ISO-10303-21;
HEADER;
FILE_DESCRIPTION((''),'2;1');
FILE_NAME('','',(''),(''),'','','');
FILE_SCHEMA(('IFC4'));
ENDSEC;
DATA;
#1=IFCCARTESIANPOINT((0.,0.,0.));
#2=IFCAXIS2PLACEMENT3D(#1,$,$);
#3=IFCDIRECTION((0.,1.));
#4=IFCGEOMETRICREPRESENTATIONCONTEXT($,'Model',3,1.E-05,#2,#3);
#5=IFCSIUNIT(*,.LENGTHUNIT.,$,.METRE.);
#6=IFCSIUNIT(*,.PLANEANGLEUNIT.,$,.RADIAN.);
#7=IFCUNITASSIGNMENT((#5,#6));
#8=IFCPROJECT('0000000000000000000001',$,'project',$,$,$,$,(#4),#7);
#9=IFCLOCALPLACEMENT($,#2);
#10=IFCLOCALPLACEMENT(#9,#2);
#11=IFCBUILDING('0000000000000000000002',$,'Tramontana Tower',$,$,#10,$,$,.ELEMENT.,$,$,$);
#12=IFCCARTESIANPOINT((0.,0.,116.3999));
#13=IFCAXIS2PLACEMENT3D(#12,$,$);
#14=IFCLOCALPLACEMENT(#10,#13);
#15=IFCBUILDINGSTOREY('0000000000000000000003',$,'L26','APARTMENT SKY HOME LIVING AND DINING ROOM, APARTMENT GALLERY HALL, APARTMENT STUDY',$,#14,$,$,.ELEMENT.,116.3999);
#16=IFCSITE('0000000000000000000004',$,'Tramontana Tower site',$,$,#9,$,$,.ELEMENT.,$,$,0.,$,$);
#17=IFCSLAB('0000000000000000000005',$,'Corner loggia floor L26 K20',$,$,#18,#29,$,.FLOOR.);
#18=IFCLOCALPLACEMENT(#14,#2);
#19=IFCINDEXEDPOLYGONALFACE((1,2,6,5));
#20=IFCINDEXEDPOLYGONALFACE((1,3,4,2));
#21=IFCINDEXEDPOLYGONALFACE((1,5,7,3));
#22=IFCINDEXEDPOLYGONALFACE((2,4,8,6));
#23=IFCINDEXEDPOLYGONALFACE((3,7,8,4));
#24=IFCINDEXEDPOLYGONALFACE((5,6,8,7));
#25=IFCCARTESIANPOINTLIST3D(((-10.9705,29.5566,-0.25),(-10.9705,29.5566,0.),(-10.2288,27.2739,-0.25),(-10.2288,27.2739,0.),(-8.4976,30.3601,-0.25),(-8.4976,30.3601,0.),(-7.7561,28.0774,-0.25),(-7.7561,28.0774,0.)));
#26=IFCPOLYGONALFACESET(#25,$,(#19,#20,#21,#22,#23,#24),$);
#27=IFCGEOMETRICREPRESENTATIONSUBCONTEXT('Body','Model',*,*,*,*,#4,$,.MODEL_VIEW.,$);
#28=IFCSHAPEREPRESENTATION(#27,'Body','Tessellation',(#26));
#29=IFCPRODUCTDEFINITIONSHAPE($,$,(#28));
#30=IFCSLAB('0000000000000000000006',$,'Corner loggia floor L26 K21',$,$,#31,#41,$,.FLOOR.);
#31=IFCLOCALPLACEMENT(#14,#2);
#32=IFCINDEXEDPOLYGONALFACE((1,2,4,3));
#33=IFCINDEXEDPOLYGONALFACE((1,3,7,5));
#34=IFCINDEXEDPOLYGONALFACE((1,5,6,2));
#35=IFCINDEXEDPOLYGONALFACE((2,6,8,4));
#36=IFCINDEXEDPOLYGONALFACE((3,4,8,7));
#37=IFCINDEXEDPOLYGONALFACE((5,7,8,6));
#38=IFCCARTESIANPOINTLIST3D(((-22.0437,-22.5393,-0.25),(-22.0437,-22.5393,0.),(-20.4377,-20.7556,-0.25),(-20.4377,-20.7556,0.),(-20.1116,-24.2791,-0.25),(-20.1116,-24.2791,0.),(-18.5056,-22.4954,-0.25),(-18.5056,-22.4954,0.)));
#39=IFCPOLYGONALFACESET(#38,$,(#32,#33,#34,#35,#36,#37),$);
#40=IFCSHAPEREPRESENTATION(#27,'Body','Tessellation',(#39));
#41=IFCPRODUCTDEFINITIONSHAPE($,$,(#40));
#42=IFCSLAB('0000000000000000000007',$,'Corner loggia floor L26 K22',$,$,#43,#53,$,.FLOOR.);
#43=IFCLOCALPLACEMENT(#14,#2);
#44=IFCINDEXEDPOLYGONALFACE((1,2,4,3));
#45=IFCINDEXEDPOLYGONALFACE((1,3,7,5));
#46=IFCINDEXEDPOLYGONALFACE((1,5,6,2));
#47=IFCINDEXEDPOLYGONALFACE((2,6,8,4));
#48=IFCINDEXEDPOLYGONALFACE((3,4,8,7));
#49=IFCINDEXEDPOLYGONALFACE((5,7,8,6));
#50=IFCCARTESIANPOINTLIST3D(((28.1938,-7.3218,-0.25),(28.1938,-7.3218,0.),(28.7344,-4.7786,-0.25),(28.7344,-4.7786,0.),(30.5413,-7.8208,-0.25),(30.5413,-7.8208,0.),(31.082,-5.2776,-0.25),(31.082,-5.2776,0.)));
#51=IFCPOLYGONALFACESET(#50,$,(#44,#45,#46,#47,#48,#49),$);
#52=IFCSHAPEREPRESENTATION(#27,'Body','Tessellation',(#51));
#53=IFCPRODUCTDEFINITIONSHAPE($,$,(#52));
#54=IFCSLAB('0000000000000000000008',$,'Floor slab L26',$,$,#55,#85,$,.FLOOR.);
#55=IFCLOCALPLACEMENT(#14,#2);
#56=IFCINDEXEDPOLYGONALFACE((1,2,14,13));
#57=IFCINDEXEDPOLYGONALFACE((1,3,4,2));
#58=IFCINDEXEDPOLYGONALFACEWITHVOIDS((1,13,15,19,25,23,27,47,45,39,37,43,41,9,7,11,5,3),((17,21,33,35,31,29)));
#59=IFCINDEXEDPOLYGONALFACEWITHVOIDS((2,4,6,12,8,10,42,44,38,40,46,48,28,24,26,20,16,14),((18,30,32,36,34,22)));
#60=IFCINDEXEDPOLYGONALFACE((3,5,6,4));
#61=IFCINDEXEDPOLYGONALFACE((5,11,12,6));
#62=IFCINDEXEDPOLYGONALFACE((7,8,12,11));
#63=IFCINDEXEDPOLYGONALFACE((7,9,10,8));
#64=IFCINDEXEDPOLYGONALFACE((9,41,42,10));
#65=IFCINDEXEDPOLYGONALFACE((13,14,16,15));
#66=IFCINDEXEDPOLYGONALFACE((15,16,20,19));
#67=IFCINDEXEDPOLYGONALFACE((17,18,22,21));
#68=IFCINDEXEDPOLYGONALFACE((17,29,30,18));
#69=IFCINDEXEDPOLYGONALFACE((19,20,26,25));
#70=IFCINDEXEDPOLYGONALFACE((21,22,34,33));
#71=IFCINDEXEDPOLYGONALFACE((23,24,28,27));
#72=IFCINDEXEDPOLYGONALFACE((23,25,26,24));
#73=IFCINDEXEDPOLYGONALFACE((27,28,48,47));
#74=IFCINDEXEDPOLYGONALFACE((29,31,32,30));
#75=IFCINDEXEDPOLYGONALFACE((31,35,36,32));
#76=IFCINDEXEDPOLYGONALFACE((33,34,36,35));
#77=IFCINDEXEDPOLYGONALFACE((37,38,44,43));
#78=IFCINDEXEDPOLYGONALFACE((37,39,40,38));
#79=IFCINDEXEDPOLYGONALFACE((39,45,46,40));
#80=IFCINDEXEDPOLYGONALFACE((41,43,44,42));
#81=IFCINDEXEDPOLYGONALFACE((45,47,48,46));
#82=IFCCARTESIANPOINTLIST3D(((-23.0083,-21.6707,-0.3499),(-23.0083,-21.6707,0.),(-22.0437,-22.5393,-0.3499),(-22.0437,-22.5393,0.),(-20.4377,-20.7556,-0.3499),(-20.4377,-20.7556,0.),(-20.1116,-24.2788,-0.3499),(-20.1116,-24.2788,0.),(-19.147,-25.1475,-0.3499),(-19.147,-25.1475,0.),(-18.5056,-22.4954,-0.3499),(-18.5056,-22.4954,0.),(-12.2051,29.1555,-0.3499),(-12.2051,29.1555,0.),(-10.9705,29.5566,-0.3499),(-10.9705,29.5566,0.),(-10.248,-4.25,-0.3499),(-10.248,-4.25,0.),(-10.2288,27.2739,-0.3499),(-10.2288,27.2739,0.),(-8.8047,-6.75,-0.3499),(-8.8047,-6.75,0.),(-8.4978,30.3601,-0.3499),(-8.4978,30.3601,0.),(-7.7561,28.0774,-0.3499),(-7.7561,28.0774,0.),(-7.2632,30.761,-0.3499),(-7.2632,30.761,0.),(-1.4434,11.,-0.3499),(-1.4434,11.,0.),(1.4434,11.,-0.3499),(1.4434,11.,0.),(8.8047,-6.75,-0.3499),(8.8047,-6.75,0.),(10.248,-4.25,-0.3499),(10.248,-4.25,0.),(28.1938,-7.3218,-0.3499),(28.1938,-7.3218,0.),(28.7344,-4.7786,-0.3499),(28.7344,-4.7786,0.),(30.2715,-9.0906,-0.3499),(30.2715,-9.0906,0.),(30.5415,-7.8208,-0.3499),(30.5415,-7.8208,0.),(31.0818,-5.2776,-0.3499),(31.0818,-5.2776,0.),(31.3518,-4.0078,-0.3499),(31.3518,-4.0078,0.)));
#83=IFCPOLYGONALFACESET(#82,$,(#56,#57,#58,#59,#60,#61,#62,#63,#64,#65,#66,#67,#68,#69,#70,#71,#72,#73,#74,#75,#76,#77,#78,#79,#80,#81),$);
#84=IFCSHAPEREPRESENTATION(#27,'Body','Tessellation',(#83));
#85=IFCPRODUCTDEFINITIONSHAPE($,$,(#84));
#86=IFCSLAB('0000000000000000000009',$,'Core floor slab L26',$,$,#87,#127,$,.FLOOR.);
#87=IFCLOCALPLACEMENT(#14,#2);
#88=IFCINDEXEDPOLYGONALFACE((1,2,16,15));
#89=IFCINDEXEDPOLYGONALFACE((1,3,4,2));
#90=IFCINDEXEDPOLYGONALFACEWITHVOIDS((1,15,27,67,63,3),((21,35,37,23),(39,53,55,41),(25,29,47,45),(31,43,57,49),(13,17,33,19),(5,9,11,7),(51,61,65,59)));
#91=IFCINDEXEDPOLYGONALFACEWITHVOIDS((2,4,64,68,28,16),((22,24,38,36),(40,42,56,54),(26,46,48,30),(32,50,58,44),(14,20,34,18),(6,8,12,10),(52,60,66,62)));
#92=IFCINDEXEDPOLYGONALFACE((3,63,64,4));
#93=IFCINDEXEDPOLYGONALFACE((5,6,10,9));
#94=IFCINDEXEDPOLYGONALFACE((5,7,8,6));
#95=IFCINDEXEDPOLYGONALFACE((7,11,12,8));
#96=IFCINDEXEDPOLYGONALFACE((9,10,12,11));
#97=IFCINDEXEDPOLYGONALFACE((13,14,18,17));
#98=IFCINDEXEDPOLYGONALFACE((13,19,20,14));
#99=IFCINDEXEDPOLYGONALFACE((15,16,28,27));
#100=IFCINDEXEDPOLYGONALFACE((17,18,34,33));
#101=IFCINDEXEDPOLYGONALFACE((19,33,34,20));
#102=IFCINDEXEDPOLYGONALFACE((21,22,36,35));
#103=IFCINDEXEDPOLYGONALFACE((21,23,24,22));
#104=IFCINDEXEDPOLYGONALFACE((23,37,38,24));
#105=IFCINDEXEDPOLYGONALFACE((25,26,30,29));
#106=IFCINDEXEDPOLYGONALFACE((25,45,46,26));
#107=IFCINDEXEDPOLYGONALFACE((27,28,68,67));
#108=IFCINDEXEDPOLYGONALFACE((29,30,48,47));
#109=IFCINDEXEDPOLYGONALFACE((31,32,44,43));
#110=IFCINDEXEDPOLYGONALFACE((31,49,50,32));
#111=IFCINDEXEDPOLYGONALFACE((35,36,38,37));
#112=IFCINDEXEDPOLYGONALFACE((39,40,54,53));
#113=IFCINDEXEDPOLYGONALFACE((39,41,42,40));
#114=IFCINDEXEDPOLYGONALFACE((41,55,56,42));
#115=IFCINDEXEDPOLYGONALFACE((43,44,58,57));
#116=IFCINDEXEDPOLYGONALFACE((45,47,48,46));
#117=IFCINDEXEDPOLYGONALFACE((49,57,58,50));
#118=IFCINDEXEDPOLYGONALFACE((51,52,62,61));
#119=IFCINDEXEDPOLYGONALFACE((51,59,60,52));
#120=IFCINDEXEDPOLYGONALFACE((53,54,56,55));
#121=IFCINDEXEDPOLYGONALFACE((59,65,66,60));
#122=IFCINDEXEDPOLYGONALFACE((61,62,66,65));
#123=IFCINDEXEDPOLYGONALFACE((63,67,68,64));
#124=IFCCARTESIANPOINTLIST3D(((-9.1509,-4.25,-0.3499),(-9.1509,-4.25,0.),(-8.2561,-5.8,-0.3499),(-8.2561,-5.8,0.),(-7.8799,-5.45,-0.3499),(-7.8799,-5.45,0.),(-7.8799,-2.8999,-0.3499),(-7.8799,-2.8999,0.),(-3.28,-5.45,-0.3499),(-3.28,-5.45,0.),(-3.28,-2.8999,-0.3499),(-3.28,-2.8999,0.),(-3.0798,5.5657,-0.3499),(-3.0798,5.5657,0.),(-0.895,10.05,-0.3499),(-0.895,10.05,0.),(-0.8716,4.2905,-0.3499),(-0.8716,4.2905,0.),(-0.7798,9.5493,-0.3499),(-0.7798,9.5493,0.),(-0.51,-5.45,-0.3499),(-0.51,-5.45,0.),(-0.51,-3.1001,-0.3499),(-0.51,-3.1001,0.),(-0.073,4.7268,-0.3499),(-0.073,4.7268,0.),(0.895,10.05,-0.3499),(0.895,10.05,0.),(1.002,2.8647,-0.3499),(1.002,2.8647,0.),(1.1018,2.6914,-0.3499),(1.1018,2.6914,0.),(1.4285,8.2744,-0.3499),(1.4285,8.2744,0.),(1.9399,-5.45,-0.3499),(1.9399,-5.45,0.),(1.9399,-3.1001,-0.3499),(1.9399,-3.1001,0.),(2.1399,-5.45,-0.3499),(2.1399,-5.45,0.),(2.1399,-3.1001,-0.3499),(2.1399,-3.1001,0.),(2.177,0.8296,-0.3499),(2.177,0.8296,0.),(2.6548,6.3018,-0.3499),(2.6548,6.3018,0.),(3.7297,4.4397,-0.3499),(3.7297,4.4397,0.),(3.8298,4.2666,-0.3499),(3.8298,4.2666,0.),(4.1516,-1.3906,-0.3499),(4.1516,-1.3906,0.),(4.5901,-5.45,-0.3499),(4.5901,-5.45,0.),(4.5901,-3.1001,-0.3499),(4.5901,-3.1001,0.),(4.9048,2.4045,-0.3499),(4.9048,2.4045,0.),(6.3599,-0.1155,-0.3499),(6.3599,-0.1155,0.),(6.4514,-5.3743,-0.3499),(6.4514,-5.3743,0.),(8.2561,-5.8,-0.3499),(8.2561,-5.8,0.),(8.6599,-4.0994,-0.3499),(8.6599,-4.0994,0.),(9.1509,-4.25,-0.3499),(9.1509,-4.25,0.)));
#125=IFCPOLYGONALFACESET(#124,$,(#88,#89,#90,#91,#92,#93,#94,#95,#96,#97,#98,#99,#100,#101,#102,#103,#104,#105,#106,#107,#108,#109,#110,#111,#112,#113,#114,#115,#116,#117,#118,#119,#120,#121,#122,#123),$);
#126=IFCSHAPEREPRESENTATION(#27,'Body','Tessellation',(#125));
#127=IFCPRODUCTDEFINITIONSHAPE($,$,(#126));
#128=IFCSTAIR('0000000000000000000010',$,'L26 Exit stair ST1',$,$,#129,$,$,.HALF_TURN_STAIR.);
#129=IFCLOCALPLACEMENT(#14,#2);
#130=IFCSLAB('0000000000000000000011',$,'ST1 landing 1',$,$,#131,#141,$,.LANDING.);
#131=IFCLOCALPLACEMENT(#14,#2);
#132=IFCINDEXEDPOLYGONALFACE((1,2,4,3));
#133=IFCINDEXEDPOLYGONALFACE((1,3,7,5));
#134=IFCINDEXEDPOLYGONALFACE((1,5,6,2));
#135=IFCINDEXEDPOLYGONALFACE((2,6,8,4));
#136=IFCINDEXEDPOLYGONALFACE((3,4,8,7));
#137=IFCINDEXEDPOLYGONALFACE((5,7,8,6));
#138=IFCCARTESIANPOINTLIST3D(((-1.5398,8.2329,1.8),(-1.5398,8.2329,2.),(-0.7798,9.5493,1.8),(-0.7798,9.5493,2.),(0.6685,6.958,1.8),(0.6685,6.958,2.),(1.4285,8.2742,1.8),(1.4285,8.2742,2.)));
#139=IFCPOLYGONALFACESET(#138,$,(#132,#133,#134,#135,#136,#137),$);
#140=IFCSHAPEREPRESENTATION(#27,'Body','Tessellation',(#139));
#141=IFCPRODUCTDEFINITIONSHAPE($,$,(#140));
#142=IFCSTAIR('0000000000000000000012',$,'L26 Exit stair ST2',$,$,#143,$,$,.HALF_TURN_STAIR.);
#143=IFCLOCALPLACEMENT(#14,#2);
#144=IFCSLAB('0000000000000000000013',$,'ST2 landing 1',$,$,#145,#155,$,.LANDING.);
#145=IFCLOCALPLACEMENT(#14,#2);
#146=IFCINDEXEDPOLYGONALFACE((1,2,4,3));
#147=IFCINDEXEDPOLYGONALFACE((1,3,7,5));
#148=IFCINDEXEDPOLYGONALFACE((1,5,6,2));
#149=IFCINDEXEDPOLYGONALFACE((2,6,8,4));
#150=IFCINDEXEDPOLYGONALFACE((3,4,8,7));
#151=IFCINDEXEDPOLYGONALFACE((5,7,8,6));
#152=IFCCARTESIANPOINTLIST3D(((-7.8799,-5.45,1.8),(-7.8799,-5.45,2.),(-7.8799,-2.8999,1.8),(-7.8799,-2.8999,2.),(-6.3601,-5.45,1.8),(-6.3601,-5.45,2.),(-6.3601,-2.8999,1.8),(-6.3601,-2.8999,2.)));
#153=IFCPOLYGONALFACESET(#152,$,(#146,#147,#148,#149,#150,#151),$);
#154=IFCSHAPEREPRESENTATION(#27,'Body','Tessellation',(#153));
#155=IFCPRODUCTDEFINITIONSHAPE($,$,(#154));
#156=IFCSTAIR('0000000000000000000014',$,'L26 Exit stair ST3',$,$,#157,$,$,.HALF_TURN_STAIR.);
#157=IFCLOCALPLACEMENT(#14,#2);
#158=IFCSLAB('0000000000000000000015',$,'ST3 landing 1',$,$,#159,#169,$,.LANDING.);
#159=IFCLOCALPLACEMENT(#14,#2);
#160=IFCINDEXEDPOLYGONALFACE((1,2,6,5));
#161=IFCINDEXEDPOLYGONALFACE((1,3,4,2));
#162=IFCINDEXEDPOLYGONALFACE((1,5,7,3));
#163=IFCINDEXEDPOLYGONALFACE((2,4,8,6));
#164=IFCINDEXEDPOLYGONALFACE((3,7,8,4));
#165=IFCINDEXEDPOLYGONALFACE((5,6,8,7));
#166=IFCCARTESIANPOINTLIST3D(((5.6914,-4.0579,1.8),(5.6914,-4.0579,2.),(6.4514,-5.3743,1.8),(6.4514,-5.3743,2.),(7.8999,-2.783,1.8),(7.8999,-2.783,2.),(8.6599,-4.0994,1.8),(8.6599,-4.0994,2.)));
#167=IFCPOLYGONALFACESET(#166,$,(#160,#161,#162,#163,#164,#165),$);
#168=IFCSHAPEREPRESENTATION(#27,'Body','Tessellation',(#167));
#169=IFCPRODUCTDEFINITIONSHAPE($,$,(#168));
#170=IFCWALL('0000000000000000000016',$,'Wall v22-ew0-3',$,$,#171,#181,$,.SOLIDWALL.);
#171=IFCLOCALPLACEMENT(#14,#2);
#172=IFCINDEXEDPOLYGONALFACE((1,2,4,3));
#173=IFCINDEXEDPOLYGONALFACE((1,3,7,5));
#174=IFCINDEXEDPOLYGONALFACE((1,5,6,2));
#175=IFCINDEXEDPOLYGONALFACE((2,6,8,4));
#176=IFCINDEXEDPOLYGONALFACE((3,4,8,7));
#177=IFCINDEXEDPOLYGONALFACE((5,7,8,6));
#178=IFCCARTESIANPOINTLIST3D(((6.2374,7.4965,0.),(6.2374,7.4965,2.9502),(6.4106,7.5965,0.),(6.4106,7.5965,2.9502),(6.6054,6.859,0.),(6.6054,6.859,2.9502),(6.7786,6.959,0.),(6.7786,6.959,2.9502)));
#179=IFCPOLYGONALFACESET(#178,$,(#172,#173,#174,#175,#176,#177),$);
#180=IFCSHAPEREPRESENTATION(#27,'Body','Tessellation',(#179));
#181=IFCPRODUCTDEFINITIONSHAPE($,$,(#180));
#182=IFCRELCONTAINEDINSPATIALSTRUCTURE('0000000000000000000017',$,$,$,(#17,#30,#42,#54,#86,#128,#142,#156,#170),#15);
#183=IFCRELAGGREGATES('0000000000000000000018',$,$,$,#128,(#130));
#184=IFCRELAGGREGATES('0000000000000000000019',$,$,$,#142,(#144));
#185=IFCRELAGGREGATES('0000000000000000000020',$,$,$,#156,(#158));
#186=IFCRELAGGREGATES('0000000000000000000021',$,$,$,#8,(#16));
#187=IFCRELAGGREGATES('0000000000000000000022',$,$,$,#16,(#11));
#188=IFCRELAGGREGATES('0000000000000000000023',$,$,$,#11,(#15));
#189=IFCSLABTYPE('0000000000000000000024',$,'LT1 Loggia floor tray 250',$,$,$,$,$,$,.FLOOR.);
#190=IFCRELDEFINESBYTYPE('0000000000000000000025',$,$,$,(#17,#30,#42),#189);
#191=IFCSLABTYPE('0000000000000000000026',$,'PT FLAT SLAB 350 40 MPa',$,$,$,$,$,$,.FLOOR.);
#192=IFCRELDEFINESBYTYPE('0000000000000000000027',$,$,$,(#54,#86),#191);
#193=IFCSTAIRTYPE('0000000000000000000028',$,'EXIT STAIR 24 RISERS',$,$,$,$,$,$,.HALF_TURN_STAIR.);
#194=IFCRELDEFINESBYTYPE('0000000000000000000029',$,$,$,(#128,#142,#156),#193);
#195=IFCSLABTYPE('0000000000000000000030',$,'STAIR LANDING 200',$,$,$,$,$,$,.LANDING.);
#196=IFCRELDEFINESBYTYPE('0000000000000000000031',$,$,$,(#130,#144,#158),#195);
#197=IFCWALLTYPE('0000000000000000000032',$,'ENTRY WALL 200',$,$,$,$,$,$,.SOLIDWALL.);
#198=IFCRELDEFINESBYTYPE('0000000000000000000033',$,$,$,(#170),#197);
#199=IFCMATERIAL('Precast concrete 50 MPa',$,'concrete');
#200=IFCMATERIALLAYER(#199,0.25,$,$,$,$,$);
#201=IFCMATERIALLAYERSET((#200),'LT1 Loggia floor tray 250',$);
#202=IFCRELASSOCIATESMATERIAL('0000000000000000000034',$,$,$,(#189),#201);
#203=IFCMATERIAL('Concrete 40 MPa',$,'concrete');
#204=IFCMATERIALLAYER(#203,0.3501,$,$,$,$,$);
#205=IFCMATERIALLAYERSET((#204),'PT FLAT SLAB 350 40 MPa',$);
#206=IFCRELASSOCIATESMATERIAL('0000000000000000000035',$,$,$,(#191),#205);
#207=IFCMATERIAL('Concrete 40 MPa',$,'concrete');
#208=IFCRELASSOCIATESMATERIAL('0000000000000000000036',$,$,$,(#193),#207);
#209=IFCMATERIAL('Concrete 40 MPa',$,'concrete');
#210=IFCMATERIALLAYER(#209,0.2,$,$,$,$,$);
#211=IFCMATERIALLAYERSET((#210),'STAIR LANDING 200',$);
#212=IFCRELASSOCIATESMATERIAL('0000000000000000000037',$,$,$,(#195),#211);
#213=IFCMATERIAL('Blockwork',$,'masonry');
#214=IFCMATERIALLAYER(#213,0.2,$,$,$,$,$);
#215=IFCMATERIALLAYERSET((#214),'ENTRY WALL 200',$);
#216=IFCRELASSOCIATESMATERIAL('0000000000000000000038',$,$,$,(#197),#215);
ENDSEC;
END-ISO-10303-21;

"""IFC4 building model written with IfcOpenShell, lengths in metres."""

from ifc_helpers import new_model, si_unit, direction, frame, frame_2d, origin, place, context, subcontext, project, spatial, polyline, rectangle, outline, extrude, material, layer, layer_set, type_object, element, aggregate, save


model = new_model("IFC4")

# Units and contexts
model_context = context("Model", 3, precision=1e-05, world=origin(), true_north=direction((0.0, 1.0)))
body_context = subcontext(model_context, "Body", "Model", "MODEL_VIEW")
ifc_project = project(units=[si_unit("LENGTHUNIT", "METRE"), si_unit("PLANEANGLEUNIT", "RADIAN")], contexts=[model_context])

# Site, building, storey
site_placement = place(None, origin())
site = spatial("IfcSite", under=ifc_project, at=site_placement, Name="Tramontana Tower site", CompositionType="ELEMENT", RefElevation=0.0)
building_placement = place(site_placement, origin())
building = spatial("IfcBuilding", under=site, at=building_placement, Name="Tramontana Tower", CompositionType="ELEMENT")
storey_placement = place(building_placement, frame((0.0, 0.0, 116.3999)))
storey = spatial("IfcBuildingStorey", under=building, at=storey_placement, Name="L26", Description="APARTMENT SKY HOME LIVING AND DINING ROOM, APARTMENT GALLERY HALL, APARTMENT STUDY", CompositionType="ELEMENT", Elevation=116.3999)

# Slabs
ifc_material_1 = material(Name="Precast concrete 50 MPa", Category="concrete")
ifc_layer_1 = layer(ifc_material_1, 0.25)
ifc_layer_set_1 = layer_set([ifc_layer_1], Name="LT1 Loggia floor tray 250")
slab_type_1 = type_object("IfcSlabType", Name="LT1 Loggia floor tray 250", PredefinedType="FLOOR", material=ifc_layer_set_1)
slab_1_placement = place(storey_placement, frame((0.0, 0.0, -0.25)))
element("IfcSlab", 1, at=slab_1_placement, inside=storey, type_object=slab_type_1, Name="Corner loggia floor L26 K20", PredefinedType="FLOOR", context=body_context, shape_type="SweptSolid", body=[
    extrude(outline(polyline([(-8.4976, 30.3601), (-7.7561, 28.0774), (-10.2288, 27.2739), (-10.9705, 29.5566), (-8.4976, 30.3601)])), origin(), (0.0, 0.0, 1.0), 0.25),
])
slab_2_placement = place(storey_placement, frame((0.0, 0.0, -0.25)))
element("IfcSlab", 2, at=slab_2_placement, inside=storey, type_object=slab_type_1, Name="Corner loggia floor L26 K21", PredefinedType="FLOOR", context=body_context, shape_type="SweptSolid", body=[
    extrude(outline(polyline([(-22.0437, -22.5393), (-20.4377, -20.7556), (-18.5056, -22.4954), (-20.1116, -24.2791), (-22.0437, -22.5393)])), origin(), (0.0, 0.0, 1.0), 0.25),
])
slab_3_placement = place(storey_placement, frame((0.0, 0.0, -0.25)))
element("IfcSlab", 3, at=slab_3_placement, inside=storey, type_object=slab_type_1, Name="Corner loggia floor L26 K22", PredefinedType="FLOOR", context=body_context, shape_type="SweptSolid", body=[
    extrude(outline(polyline([(30.5413, -7.8208), (28.1938, -7.3218), (28.7344, -4.7786), (31.082, -5.2776), (30.5413, -7.8208)])), origin(), (0.0, 0.0, 1.0), 0.25),
])
ifc_material_2 = material(Name="Concrete 40 MPa", Category="concrete")
ifc_layer_2 = layer(ifc_material_2, 0.3501)
ifc_layer_set_2 = layer_set([ifc_layer_2], Name="PT FLAT SLAB 350 40 MPa")
slab_type_2 = type_object("IfcSlabType", Name="PT FLAT SLAB 350 40 MPa", PredefinedType="FLOOR", material=ifc_layer_set_2)
slab_4_placement = place(storey_placement, frame((0.0, 0.0, -0.3499)))
element("IfcSlab", 4, at=slab_4_placement, inside=storey, type_object=slab_type_2, Name="Floor slab L26", PredefinedType="FLOOR", context=body_context, shape_type="SweptSolid", body=[
    extrude(outline(polyline([(31.0818, -5.2776), (28.7344, -4.7786), (28.1938, -7.3218), (30.5415, -7.8208), (30.2715, -9.0906), (-19.147, -25.1475), (-20.1116, -24.2788), (-18.5056, -22.4954), (-20.4377, -20.7556), (-22.0437, -22.5393), (-23.0083, -21.6707), (-12.2051, 29.1555), (-10.9705, 29.5566), (-10.2288, 27.2739), (-7.7561, 28.0774), (-8.4978, 30.3601), (-7.2632, 30.761), (31.3518, -4.0078), (31.0818, -5.2776)]), holes=[polyline([(-10.248, -4.25), (-8.8047, -6.75), (8.8047, -6.75), (10.248, -4.25), (1.4434, 11.0), (-1.4434, 11.0), (-10.248, -4.25)])]), origin(), (0.0, 0.0, 1.0), 0.3499),
])
slab_5_placement = place(storey_placement, frame((0.0, 0.0, -0.3499)))
element("IfcSlab", 5, at=slab_5_placement, inside=storey, type_object=slab_type_2, Name="Core floor slab L26", PredefinedType="FLOOR", context=body_context, shape_type="SweptSolid", body=[
    extrude(outline(polyline([(9.1509, -4.25), (8.2561, -5.8), (-8.2561, -5.8), (-9.1509, -4.25), (-0.895, 10.05), (0.895, 10.05), (9.1509, -4.25)]), holes=[polyline([(8.6599, -4.0994), (6.3599, -0.1155), (4.1516, -1.3906), (6.4514, -5.3743), (8.6599, -4.0994)]), polyline([(3.8298, 4.2666), (1.1018, 2.6914), (2.177, 0.8296), (4.9048, 2.4045), (3.8298, 4.2666)]), polyline([(4.5901, -3.1001), (2.1399, -3.1001), (2.1399, -5.45), (4.5901, -5.45), (4.5901, -3.1001)]), polyline([(2.6548, 6.3018), (-0.073, 4.7268), (1.002, 2.8647), (3.7297, 4.4397), (2.6548, 6.3018)]), polyline([(1.9399, -5.45), (1.9399, -3.1001), (-0.51, -3.1001), (-0.51, -5.45), (1.9399, -5.45)]), polyline([(-0.7798, 9.5493), (-3.0798, 5.5657), (-0.8716, 4.2905), (1.4285, 8.2744), (-0.7798, 9.5493)]), polyline([(-7.8799, -5.45), (-3.28, -5.45), (-3.28, -2.8999), (-7.8799, -2.8999), (-7.8799, -5.45)])]), origin(), (0.0, 0.0, 1.0), 0.3499),
])

# Stairs, slabs
ifc_material_3 = material(Name="Concrete 40 MPa", Category="concrete")
stair_type = type_object("IfcStairType", Name="EXIT STAIR 24 RISERS", PredefinedType="HALF_TURN_STAIR", material=ifc_material_3)
stair_1_placement = place(storey_placement, origin())
stair_1 = element("IfcStair", 6, at=stair_1_placement, inside=storey, type_object=stair_type, Name="L26 Exit stair ST1", PredefinedType="HALF_TURN_STAIR")
ifc_material_4 = material(Name="Concrete 40 MPa", Category="concrete")
ifc_layer_3 = layer(ifc_material_4, 0.2)
ifc_layer_set_3 = layer_set([ifc_layer_3], Name="STAIR LANDING 200")
slab_type_3 = type_object("IfcSlabType", Name="STAIR LANDING 200", PredefinedType="LANDING", material=ifc_layer_set_3)
slab_6_placement = place(storey_placement, frame((0.0, 0.0, 1.8)))
slab_6 = element("IfcSlab", 7, at=slab_6_placement, type_object=slab_type_3, Name="ST1 landing 1", PredefinedType="LANDING", context=body_context, shape_type="SweptSolid", body=[
    extrude(outline(polyline([(0.6685, 6.958), (1.4285, 8.2742), (-0.7798, 9.5493), (-1.5398, 8.2329), (0.6685, 6.958)])), origin(), (0.0, 0.0, 1.0), 0.2),
])
aggregate(stair_1, [slab_6])
stair_2_placement = place(storey_placement, origin())
stair_2 = element("IfcStair", 8, at=stair_2_placement, inside=storey, type_object=stair_type, Name="L26 Exit stair ST2", PredefinedType="HALF_TURN_STAIR")
slab_7_placement = place(storey_placement, frame((0.0, 0.0, 1.8)))
slab_7 = element("IfcSlab", 9, at=slab_7_placement, type_object=slab_type_3, Name="ST2 landing 1", PredefinedType="LANDING", context=body_context, shape_type="SweptSolid", body=[
    extrude(outline(polyline([(-6.3601, -2.8999), (-7.8799, -2.8999), (-7.8799, -5.45), (-6.3601, -5.45), (-6.3601, -2.8999)])), origin(), (0.0, 0.0, 1.0), 0.2),
])
aggregate(stair_2, [slab_7])
stair_3_placement = place(storey_placement, origin())
stair_3 = element("IfcStair", 10, at=stair_3_placement, inside=storey, type_object=stair_type, Name="L26 Exit stair ST3", PredefinedType="HALF_TURN_STAIR")
slab_8_placement = place(storey_placement, frame((0.0, 0.0, 1.8)))
slab_8 = element("IfcSlab", 11, at=slab_8_placement, type_object=slab_type_3, Name="ST3 landing 1", PredefinedType="LANDING", context=body_context, shape_type="SweptSolid", body=[
    extrude(outline(polyline([(5.6914, -4.0579), (6.4514, -5.3743), (8.6599, -4.0994), (7.8999, -2.783), (5.6914, -4.0579)])), origin(), (0.0, 0.0, 1.0), 0.2),
])

# Wall
ifc_material_5 = material(Name="Blockwork", Category="masonry")
ifc_layer_4 = layer(ifc_material_5, 0.2)
ifc_layer_set_4 = layer_set([ifc_layer_4], Name="ENTRY WALL 200")
wall_type_1 = type_object("IfcWallType", Name="ENTRY WALL 200", PredefinedType="SOLIDWALL", material=ifc_layer_set_4)
wall_1_placement = place(storey_placement, frame((6.324, 7.5466, 0.0), z_axis=(0.0, 0.0, 1.0), x_axis=(0.499885, -0.866092, 0.0)))
element("IfcWall", 12, at=wall_1_placement, inside=storey, type_object=wall_type_1, Name="Wall v22-ew0-3", PredefinedType="SOLIDWALL", context=body_context, shape_type="SweptSolid", body=[
    extrude(rectangle(XDim=0.7361, YDim=0.2, at=frame_2d((0.3682, 0.0))), origin(), (0.0, 0.0, 1.0), 2.9502),
])

aggregate(stair_3, [slab_8])

save(model, "model.ifc")
